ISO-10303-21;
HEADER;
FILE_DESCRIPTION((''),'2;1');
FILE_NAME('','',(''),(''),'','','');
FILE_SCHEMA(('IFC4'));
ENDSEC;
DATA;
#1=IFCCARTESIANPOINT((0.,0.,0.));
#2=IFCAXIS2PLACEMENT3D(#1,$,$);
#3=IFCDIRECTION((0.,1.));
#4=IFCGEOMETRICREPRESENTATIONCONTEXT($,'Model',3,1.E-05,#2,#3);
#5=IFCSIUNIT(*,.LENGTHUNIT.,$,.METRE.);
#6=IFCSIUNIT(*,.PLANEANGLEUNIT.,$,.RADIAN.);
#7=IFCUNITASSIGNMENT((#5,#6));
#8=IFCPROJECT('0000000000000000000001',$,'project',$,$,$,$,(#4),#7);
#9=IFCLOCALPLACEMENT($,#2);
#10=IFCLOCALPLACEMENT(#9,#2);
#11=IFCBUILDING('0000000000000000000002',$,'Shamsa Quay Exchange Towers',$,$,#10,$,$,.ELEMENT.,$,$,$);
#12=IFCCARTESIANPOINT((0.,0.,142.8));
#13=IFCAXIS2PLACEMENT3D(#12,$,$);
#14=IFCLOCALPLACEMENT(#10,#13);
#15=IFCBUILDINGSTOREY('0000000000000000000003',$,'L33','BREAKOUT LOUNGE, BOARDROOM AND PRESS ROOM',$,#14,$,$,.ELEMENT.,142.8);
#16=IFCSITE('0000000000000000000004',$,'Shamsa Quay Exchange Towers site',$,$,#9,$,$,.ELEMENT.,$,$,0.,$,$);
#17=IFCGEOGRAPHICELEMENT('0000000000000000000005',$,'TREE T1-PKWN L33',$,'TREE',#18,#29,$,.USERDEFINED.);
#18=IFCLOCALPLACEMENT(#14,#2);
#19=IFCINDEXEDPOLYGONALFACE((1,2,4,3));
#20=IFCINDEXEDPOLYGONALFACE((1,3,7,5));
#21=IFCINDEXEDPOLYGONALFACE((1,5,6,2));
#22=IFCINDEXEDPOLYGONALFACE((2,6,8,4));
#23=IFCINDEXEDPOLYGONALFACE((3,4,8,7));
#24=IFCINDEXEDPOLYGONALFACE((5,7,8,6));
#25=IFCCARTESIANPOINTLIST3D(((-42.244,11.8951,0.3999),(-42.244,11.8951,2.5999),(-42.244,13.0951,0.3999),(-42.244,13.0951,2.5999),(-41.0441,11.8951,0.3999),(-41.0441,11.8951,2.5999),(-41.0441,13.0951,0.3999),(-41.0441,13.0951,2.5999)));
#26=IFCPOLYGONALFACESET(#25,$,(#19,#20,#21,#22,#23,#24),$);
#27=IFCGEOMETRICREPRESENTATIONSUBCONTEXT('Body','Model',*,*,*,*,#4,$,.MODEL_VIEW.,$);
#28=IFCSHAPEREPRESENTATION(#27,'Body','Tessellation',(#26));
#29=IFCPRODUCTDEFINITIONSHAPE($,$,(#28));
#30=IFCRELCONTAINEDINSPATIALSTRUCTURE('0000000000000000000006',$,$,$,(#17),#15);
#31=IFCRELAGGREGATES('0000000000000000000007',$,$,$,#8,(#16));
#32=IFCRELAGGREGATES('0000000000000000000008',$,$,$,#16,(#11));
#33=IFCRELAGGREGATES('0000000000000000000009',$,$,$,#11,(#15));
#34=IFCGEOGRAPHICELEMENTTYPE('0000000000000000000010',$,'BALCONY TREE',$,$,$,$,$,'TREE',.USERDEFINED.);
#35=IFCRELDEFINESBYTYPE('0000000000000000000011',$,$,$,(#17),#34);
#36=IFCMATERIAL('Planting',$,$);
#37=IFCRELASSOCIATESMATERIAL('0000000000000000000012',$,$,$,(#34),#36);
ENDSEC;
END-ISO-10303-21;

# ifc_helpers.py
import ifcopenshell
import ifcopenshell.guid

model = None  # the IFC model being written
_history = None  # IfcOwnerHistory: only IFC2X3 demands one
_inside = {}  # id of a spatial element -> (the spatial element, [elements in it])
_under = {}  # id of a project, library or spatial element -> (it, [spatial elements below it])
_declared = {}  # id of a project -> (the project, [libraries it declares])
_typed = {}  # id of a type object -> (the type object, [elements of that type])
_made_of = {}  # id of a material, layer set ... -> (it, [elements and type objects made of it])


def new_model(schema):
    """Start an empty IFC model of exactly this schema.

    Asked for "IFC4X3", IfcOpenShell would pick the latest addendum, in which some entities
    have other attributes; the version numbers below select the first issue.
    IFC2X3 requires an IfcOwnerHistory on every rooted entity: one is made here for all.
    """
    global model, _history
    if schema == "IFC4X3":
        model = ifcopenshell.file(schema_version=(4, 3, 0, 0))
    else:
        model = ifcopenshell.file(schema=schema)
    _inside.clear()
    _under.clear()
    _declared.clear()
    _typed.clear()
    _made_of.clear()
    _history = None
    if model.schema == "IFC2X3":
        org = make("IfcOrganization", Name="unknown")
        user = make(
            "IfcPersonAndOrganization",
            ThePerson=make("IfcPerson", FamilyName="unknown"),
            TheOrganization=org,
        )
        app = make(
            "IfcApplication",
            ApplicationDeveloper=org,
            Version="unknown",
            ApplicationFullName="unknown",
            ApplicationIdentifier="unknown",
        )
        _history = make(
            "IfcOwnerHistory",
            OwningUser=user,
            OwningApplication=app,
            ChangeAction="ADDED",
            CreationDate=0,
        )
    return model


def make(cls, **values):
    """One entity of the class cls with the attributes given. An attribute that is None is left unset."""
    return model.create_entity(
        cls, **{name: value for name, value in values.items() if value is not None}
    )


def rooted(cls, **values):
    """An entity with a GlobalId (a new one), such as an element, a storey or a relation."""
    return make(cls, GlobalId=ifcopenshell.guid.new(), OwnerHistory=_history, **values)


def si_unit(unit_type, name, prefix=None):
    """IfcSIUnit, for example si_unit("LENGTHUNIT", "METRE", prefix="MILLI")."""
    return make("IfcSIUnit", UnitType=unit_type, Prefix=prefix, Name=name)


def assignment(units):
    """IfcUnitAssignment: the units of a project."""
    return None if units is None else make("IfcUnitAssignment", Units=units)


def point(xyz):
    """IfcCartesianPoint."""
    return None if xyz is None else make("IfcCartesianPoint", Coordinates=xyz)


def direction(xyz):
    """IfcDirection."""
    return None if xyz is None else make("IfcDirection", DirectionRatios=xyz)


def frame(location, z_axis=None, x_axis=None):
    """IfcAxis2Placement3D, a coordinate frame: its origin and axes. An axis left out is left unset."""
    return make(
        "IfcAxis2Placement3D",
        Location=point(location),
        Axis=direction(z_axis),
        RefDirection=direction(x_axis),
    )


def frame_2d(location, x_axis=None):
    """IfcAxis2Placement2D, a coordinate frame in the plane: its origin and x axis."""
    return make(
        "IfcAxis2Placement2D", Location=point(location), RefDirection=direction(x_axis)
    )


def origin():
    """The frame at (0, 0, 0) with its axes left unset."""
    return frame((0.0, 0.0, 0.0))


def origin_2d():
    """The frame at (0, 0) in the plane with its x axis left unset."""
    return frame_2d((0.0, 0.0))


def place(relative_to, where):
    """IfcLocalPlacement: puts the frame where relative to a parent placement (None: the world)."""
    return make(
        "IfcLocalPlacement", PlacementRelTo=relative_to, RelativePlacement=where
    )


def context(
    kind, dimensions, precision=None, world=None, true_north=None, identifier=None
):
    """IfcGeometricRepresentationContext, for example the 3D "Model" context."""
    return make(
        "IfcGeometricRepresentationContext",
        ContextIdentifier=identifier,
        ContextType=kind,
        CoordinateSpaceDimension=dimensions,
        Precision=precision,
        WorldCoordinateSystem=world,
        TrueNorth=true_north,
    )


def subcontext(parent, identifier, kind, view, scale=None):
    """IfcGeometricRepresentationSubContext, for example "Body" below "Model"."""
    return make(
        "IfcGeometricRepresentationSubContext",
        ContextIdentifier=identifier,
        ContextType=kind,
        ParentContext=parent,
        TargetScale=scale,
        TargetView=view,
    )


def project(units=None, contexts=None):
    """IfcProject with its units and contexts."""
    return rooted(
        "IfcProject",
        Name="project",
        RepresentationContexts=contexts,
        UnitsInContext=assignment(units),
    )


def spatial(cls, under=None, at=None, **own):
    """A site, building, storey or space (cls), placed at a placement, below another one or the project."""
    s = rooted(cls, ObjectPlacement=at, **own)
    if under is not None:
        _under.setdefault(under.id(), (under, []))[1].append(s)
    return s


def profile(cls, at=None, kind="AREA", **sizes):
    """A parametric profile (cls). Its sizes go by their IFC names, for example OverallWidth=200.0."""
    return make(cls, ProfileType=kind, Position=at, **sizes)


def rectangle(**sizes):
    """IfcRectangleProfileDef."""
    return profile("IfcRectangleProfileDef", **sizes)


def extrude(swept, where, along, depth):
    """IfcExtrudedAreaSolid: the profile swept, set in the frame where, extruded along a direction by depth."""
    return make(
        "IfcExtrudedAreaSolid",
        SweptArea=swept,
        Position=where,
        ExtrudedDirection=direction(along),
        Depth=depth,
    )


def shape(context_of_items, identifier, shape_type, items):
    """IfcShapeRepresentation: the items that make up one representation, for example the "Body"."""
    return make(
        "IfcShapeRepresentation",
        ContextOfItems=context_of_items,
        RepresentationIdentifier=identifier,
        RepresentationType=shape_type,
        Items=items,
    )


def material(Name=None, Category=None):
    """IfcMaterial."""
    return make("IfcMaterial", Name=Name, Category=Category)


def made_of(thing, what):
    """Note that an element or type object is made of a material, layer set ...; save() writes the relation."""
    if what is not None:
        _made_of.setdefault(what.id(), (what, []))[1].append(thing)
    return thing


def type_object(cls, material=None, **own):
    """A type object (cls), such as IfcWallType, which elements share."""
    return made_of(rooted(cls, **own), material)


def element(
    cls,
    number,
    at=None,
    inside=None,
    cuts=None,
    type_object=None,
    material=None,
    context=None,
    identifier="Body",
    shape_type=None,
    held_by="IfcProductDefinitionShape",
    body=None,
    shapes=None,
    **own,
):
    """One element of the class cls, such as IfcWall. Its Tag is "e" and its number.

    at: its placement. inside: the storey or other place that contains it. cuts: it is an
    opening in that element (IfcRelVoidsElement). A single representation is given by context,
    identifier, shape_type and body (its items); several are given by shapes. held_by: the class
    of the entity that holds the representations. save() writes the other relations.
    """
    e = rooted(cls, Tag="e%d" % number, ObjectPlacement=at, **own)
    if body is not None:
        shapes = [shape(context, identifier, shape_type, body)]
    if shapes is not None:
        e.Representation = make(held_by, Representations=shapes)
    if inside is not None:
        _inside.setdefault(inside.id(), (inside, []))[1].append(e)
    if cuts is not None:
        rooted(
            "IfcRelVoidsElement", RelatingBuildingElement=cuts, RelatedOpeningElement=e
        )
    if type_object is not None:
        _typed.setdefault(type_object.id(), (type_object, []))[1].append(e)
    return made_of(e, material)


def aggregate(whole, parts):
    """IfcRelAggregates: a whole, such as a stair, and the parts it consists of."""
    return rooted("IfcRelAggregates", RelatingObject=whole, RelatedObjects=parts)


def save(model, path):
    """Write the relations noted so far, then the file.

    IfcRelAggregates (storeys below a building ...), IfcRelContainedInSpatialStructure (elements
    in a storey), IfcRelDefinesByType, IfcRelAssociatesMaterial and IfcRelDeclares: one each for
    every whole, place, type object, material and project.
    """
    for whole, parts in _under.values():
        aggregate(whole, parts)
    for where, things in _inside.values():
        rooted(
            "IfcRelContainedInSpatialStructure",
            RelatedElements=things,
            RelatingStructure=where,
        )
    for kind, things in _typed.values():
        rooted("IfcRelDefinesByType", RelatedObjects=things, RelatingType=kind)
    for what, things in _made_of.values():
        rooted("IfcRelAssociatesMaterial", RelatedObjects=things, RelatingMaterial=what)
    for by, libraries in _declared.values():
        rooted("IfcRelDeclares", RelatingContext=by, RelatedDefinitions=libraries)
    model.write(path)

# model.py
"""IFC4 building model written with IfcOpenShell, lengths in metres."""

from ifc_helpers import new_model, si_unit, direction, frame, origin, origin_2d, place, context, subcontext, project, spatial, rectangle, extrude, material, type_object, element, save


model = new_model("IFC4")

# Units and contexts
model_context = context("Model", 3, precision=1e-05, world=origin(), true_north=direction((0.0, 1.0)))
body_context = subcontext(model_context, "Body", "Model", "MODEL_VIEW")
ifc_project = project(units=[si_unit("LENGTHUNIT", "METRE"), si_unit("PLANEANGLEUNIT", "RADIAN")], contexts=[model_context])

# Site, building, storey
site_placement = place(None, origin())
site = spatial("IfcSite", under=ifc_project, at=site_placement, Name="Shamsa Quay Exchange Towers site", CompositionType="ELEMENT", RefElevation=0.0)
building_placement = place(site_placement, origin())
building = spatial("IfcBuilding", under=site, at=building_placement, Name="Shamsa Quay Exchange Towers", CompositionType="ELEMENT")
storey_placement = place(building_placement, frame((0.0, 0.0, 142.8)))
storey = spatial("IfcBuildingStorey", under=building, at=storey_placement, Name="L33", Description="BREAKOUT LOUNGE, BOARDROOM AND PRESS ROOM", CompositionType="ELEMENT", Elevation=142.8)

# Geographic element
ifc_material_1 = material(Name="Planting")
geographic_element_type = type_object("IfcGeographicElementType", Name="BALCONY TREE", ElementType="TREE", PredefinedType="USERDEFINED", material=ifc_material_1)
geographic_element_placement = place(storey_placement, frame((-41.644, 12.4951, 0.3999), z_axis=(0.0, 0.0, 1.0), x_axis=(-1.0, 0.0, 0.0)))
element("IfcGeographicElement", 1, at=geographic_element_placement, inside=storey, type_object=geographic_element_type, Name="TREE T1-PKWN L33", ObjectType="TREE", PredefinedType="USERDEFINED", context=body_context, shape_type="SweptSolid", body=[
    extrude(rectangle(XDim=1.2, YDim=1.2, at=origin_2d()), origin(), (0.0, 0.0, 1.0), 2.2),
])

save(model, "model.ifc")
